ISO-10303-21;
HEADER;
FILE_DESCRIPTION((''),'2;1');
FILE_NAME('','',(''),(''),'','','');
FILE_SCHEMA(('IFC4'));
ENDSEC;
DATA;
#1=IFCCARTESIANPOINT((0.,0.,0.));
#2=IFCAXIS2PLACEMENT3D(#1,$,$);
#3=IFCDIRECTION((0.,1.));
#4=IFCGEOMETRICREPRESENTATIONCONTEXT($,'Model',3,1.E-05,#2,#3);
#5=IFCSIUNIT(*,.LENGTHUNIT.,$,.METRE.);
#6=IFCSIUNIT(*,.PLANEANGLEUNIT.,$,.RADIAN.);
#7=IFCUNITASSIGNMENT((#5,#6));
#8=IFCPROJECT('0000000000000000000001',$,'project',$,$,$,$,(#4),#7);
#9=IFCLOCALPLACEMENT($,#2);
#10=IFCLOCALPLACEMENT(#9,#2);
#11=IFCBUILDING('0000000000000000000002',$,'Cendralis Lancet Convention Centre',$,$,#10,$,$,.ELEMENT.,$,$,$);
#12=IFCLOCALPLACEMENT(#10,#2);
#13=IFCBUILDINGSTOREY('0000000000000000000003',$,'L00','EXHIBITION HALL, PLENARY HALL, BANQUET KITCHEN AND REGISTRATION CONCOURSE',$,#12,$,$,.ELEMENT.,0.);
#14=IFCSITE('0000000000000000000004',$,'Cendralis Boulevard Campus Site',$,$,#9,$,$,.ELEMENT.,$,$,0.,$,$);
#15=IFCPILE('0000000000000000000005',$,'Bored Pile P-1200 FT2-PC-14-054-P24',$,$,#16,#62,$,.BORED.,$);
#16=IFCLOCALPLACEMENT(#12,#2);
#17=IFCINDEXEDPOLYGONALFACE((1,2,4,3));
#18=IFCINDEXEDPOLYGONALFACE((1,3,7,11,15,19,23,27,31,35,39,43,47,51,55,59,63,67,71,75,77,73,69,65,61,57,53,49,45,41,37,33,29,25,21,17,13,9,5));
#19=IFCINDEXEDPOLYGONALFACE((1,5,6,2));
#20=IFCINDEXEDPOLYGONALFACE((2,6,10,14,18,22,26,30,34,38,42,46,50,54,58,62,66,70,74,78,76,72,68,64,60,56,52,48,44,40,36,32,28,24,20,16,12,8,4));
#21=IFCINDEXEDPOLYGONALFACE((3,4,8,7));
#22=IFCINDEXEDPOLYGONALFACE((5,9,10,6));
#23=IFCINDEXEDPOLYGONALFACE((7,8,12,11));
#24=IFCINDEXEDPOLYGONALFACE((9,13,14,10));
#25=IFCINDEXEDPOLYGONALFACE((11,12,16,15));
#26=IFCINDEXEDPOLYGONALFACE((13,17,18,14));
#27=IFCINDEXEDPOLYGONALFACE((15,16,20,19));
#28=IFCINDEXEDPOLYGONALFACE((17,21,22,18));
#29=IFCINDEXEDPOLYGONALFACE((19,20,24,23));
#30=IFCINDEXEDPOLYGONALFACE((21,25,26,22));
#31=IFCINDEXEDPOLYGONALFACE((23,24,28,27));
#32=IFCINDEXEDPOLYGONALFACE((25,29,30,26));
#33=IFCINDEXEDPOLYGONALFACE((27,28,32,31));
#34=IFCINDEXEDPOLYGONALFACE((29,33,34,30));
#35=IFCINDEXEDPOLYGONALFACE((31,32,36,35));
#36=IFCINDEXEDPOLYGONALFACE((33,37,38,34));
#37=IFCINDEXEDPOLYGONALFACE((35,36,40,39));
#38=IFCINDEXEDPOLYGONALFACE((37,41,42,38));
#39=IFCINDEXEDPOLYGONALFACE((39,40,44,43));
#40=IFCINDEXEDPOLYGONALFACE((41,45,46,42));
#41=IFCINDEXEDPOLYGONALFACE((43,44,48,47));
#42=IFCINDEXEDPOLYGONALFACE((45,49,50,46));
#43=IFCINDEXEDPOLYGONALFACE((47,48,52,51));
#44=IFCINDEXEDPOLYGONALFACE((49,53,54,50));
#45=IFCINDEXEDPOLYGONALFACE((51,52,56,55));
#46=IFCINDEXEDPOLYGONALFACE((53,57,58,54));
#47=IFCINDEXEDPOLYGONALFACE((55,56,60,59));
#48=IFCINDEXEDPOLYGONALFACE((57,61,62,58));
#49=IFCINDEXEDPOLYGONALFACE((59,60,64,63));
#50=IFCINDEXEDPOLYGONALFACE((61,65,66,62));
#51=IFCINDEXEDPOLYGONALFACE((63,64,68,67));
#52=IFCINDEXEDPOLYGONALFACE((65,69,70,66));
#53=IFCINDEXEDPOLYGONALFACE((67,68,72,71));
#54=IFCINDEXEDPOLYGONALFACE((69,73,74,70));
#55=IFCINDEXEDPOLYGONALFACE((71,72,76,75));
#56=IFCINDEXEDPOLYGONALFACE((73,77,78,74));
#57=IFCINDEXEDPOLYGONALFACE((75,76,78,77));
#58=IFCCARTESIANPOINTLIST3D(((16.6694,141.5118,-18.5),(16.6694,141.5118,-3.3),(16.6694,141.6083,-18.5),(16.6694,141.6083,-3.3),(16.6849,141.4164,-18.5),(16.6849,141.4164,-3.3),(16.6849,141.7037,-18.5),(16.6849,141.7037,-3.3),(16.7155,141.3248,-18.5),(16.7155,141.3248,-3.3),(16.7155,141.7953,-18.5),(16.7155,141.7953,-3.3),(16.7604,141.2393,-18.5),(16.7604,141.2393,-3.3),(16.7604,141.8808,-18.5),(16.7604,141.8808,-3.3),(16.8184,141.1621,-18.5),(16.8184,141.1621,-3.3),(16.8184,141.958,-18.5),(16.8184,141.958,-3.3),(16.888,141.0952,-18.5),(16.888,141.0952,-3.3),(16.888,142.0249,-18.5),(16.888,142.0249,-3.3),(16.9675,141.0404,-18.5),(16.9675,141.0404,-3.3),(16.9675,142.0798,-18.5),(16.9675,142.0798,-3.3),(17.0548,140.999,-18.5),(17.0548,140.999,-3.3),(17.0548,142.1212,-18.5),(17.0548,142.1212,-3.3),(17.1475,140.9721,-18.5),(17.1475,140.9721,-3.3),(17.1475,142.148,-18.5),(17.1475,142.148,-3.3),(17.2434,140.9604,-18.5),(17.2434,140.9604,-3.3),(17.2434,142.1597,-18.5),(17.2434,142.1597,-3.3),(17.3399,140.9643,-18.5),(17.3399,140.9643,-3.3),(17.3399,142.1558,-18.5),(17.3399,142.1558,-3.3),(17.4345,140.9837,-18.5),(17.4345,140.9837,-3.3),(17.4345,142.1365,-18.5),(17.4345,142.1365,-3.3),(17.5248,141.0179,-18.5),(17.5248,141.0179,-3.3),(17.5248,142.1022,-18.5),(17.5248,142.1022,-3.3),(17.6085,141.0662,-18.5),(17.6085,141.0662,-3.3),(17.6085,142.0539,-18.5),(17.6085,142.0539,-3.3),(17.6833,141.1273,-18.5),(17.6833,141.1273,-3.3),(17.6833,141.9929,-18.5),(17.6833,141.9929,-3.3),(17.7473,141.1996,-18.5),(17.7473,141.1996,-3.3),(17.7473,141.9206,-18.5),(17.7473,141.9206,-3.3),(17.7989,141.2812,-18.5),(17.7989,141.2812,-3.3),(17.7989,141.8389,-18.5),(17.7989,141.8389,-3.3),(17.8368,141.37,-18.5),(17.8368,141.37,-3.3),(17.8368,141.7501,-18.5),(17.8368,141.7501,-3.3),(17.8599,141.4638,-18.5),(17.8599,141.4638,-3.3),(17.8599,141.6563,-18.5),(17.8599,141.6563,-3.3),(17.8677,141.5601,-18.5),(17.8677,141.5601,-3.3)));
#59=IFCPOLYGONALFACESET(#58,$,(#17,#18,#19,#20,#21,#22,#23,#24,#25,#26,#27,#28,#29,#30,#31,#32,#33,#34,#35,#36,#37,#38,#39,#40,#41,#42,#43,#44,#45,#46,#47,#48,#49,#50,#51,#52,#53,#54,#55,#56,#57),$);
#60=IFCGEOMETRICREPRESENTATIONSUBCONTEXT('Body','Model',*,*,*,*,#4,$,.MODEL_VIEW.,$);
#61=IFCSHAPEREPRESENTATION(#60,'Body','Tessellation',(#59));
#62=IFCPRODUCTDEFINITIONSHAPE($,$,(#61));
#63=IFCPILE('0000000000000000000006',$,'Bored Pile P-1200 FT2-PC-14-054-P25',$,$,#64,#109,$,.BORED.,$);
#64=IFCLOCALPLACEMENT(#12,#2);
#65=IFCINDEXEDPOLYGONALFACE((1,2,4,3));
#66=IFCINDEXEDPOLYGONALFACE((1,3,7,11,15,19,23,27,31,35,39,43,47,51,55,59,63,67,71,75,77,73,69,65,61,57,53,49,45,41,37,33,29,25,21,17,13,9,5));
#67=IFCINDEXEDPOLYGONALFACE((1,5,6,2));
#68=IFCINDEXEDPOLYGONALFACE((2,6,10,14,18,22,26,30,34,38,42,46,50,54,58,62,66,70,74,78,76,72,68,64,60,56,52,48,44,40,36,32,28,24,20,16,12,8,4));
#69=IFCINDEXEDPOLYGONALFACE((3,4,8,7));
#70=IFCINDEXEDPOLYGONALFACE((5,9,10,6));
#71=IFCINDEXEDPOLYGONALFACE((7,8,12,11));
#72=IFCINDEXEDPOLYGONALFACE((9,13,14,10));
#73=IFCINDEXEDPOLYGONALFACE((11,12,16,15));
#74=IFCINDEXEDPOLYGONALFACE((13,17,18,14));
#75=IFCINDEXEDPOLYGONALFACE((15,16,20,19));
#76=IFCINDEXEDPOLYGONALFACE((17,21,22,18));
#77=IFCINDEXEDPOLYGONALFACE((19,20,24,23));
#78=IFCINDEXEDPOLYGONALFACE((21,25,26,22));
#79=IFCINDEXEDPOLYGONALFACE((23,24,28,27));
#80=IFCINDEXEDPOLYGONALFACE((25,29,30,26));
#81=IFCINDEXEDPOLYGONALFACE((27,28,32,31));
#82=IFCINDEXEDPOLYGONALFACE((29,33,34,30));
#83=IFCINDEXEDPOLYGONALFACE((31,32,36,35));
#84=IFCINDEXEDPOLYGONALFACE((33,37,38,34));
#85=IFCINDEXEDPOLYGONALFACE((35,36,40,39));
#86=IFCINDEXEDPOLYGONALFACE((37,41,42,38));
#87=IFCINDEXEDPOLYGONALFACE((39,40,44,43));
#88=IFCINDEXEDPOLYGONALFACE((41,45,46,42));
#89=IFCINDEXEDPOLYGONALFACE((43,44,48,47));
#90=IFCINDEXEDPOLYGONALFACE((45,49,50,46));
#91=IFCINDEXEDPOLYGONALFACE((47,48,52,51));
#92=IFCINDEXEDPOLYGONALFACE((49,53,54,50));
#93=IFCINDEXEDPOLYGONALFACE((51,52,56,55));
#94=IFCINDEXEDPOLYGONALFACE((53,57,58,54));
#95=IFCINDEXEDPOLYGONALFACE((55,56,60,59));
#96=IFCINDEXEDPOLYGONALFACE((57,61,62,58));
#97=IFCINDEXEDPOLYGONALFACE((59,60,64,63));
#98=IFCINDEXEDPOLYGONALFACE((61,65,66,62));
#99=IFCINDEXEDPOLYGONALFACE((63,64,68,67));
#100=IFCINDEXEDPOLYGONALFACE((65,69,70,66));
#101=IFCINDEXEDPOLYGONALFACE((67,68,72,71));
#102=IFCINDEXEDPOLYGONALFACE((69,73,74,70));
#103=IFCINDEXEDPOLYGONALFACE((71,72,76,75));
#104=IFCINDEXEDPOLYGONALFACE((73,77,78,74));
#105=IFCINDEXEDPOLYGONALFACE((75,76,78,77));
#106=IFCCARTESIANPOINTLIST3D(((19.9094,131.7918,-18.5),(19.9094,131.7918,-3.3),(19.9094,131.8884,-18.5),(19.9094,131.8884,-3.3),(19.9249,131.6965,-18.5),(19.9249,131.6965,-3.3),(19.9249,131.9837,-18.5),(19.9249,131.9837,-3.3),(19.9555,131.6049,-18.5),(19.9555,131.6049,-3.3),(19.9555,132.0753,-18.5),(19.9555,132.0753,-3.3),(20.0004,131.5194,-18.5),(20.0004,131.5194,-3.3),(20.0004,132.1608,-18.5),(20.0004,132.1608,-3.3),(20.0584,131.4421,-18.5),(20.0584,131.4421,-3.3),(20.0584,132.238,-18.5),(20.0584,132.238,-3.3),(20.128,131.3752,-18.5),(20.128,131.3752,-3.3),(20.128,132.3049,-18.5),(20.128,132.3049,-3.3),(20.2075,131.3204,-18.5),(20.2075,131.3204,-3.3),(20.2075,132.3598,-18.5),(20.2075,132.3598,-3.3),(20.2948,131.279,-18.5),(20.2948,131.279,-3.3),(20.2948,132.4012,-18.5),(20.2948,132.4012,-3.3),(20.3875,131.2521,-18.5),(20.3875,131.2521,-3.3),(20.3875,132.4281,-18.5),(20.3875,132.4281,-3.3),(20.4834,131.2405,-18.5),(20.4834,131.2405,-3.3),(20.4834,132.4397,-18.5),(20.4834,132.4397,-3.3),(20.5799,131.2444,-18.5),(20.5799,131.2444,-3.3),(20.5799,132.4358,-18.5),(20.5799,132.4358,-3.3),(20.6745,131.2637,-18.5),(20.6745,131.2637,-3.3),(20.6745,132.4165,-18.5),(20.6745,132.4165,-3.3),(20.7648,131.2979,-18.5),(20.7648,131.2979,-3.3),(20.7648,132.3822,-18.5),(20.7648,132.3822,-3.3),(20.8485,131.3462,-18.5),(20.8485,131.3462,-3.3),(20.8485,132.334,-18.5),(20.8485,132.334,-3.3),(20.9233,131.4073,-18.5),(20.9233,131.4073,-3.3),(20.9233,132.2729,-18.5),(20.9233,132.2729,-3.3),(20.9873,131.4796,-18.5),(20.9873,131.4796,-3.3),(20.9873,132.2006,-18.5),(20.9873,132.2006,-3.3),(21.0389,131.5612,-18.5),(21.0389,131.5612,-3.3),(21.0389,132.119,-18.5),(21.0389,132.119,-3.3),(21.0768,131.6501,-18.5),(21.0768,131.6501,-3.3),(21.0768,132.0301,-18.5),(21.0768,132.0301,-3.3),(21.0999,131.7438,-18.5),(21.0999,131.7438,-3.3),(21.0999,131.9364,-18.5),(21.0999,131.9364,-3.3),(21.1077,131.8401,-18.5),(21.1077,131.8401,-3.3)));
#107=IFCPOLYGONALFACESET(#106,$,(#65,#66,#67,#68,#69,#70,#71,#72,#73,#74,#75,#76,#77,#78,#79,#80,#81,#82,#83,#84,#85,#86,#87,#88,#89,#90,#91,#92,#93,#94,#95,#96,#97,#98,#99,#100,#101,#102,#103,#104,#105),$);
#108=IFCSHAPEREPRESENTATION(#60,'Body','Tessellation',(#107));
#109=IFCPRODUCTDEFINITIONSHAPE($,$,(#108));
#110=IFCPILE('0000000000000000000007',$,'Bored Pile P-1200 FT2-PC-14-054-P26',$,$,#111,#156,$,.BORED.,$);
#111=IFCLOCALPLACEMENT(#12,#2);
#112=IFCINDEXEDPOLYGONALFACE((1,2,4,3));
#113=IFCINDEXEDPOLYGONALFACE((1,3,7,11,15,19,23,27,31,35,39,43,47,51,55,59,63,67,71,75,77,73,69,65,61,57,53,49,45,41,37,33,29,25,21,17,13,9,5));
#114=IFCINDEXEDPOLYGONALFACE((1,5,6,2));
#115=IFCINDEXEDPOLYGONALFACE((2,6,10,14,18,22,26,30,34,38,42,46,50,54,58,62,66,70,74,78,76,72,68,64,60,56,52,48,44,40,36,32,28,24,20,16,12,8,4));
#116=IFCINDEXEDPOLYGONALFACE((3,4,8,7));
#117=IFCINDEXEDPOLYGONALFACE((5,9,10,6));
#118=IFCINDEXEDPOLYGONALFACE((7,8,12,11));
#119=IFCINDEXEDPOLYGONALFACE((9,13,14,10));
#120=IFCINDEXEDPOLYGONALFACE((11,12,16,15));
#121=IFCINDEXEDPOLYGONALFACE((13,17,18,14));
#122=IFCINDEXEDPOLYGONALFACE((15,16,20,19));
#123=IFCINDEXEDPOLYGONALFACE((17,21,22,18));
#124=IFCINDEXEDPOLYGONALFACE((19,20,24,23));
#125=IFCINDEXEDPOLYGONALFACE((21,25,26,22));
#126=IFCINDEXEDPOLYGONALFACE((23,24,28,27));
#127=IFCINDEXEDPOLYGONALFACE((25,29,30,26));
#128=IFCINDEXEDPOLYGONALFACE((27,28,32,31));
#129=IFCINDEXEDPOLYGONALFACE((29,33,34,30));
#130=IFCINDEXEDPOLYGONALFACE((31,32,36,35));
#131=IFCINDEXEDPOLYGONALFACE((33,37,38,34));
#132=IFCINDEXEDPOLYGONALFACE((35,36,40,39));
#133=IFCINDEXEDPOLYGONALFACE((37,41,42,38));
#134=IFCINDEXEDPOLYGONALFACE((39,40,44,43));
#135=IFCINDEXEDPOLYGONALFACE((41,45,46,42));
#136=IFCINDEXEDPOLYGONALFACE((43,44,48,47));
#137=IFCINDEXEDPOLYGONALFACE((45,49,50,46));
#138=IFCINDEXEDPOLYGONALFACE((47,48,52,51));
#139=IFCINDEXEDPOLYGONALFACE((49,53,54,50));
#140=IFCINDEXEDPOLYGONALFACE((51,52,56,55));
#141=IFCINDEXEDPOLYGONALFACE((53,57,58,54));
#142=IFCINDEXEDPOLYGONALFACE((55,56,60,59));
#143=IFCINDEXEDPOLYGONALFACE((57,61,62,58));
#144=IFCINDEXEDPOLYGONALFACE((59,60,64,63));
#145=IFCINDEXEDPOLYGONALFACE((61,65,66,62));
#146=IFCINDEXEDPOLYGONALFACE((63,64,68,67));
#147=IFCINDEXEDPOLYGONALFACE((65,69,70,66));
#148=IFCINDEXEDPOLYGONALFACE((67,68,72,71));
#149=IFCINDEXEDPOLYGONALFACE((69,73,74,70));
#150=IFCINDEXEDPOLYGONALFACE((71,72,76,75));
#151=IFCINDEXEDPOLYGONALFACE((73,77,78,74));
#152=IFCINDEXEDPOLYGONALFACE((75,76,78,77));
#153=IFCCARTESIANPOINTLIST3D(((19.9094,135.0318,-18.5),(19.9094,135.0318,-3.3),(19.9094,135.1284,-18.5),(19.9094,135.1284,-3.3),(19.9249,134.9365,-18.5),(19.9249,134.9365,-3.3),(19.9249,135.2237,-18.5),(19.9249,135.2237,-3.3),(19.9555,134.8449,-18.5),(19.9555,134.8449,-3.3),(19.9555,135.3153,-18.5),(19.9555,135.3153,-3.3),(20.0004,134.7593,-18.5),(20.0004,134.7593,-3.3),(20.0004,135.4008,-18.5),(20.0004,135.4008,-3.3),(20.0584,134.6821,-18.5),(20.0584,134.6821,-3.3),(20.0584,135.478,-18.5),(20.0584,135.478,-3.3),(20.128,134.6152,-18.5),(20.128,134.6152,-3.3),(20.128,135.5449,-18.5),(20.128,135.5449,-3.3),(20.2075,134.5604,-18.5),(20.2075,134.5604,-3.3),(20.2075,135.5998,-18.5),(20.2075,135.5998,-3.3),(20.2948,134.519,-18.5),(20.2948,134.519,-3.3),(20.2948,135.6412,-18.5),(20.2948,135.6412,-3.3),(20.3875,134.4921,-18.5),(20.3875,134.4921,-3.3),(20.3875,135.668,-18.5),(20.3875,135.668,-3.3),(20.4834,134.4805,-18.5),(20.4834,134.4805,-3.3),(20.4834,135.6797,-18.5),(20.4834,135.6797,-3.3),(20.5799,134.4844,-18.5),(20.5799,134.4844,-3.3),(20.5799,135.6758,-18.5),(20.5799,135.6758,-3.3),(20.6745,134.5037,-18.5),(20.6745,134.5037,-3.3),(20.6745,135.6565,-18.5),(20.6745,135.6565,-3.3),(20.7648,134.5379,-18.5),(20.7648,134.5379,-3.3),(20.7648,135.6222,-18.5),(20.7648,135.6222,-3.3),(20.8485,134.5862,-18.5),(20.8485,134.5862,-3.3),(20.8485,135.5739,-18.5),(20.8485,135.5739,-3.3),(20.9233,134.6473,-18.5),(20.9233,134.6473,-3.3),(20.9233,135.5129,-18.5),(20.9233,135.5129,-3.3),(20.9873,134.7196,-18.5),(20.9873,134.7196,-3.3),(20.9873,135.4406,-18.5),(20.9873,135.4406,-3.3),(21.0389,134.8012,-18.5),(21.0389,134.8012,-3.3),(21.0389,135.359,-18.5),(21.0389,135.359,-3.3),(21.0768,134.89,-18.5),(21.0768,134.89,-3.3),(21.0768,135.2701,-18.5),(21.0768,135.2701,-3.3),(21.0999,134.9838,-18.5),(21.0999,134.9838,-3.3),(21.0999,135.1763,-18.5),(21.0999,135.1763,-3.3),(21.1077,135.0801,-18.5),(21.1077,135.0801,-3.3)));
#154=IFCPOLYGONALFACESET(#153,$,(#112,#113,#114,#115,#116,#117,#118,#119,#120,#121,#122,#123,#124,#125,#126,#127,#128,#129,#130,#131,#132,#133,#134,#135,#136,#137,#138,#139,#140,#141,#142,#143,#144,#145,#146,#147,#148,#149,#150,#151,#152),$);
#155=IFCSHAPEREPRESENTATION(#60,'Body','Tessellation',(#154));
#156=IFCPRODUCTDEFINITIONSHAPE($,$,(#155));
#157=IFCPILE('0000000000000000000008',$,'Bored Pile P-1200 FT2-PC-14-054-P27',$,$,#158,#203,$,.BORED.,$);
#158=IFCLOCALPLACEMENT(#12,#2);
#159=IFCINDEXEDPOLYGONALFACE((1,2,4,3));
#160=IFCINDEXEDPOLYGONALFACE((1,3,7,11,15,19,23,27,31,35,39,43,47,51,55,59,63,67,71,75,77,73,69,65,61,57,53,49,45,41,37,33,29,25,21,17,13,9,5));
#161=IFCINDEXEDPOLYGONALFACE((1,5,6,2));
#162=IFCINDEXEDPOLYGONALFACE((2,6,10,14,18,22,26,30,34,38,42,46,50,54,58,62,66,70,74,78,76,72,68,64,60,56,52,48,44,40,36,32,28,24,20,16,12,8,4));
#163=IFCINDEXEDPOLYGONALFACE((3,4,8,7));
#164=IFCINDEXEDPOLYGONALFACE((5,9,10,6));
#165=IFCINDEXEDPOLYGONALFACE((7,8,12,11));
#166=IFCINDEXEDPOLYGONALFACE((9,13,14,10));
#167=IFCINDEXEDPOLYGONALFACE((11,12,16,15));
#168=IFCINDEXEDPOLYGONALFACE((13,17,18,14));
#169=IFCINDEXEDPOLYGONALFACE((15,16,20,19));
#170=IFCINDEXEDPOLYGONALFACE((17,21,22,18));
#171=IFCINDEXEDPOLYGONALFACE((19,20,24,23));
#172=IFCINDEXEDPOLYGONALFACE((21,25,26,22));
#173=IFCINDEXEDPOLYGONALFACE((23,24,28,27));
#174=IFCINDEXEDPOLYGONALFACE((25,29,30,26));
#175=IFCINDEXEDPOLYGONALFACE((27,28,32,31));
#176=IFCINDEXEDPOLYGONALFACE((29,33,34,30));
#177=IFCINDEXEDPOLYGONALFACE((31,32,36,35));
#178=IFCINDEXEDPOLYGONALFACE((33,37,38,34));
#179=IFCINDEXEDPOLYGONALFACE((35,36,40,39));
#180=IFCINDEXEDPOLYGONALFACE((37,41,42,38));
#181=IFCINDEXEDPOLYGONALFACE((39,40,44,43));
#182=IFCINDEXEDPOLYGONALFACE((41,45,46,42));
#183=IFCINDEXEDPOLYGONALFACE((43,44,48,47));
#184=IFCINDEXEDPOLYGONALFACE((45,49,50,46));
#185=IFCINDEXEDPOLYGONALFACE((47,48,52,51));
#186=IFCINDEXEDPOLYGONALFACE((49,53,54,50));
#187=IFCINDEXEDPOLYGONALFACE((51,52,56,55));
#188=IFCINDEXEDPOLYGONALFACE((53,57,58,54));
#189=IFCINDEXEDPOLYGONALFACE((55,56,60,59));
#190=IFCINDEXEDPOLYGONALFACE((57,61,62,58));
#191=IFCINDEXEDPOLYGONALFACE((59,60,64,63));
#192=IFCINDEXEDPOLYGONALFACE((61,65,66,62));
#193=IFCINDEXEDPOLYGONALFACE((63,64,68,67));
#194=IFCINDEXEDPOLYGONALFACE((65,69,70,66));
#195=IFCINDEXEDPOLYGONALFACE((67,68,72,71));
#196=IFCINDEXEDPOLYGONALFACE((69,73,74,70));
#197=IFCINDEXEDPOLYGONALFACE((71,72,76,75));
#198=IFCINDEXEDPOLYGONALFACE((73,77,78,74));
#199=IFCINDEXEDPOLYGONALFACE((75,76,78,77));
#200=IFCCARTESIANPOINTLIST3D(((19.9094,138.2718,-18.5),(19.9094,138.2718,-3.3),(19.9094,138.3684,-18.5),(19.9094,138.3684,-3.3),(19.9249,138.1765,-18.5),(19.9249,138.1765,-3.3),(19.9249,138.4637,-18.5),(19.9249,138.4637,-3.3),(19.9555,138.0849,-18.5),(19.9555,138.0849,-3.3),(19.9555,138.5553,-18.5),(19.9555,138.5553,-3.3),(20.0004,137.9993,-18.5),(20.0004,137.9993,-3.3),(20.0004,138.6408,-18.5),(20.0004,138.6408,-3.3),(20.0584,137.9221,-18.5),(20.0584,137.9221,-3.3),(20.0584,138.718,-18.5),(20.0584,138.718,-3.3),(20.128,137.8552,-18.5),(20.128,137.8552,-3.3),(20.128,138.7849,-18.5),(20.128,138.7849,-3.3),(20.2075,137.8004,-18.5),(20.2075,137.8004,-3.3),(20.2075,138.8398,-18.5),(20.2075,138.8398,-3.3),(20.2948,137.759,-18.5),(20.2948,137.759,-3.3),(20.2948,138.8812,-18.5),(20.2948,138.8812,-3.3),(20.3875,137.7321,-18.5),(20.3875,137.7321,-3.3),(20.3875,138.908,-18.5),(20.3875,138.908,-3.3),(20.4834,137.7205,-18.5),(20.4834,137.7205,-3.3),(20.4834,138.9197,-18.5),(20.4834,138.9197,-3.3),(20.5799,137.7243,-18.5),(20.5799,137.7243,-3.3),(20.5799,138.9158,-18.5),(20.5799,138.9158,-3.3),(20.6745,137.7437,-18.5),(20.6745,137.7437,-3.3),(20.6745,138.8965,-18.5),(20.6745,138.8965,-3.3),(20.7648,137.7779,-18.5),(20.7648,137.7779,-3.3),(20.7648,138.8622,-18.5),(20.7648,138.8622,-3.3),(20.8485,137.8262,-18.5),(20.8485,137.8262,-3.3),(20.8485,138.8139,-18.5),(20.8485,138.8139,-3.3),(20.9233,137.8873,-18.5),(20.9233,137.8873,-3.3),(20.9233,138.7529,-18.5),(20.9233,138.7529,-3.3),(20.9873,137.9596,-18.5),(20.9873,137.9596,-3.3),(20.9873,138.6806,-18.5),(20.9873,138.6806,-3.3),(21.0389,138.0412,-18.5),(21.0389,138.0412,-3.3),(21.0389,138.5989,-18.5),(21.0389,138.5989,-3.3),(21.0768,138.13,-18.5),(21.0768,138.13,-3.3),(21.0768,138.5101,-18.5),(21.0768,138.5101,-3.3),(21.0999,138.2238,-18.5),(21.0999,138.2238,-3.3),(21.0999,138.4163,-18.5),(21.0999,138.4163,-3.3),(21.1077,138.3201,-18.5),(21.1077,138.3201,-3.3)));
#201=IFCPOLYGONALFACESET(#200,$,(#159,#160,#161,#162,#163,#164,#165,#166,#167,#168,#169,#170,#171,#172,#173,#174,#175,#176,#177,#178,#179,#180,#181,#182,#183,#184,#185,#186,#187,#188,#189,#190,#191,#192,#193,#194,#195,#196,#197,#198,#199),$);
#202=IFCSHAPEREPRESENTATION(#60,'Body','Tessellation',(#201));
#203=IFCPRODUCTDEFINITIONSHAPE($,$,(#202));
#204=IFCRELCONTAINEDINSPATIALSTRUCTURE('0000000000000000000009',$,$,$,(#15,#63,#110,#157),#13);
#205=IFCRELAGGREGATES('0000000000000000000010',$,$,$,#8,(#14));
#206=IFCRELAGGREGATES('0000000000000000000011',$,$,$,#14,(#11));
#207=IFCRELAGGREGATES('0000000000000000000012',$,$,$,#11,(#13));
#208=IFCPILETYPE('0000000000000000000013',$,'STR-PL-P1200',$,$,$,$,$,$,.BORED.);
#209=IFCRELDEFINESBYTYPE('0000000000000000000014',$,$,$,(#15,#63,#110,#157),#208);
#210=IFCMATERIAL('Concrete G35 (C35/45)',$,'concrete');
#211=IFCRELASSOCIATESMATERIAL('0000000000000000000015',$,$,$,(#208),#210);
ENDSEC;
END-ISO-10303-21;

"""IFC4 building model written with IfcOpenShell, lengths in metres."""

from ifc_helpers import new_model, si_unit, direction, frame, origin, origin_2d, place, context, subcontext, project, spatial, circle, extrude, material, material_profile, profile_set, type_object, element, save


model = new_model("IFC4")

# Units and contexts
model_context = context("Model", 3, precision=1e-05, world=origin(), true_north=direction((0.0, 1.0)))
body_context = subcontext(model_context, "Body", "Model", "MODEL_VIEW")
ifc_project = project(units=[si_unit("LENGTHUNIT", "METRE"), si_unit("PLANEANGLEUNIT", "RADIAN")], contexts=[model_context])

# Site, building, storey
site_placement = place(None, origin())
site = spatial("IfcSite", under=ifc_project, at=site_placement, Name="Cendralis Boulevard Campus Site", CompositionType="ELEMENT", RefElevation=0.0)
building_placement = place(site_placement, origin())
building = spatial("IfcBuilding", under=site, at=building_placement, Name="Cendralis Lancet Convention Centre", CompositionType="ELEMENT")
storey_placement = place(building_placement, origin())
storey = spatial("IfcBuildingStorey", under=building, at=storey_placement, Name="L00", Description="EXHIBITION HALL, PLENARY HALL, BANQUET KITCHEN AND REGISTRATION CONCOURSE", CompositionType="ELEMENT", Elevation=0.0)

# Shared definitions
ifc_material_1 = material(Name="Concrete G35 (C35/45)", Category="concrete")

# Piles
ifc_material_profile_1 = material_profile(ifc_material_1, circle(Radius=0.6001, at=origin_2d()), Name="BORED PILE D1200")
ifc_profile_set_1 = profile_set([ifc_material_profile_1], Name="Concrete G35 (C35/45)")
pile_type_1 = type_object("IfcPileType", Name="STR-PL-P1200", PredefinedType="BORED", material=ifc_profile_set_1)
for number, where, z_axis, x_axis, name in (
    (1, (17.2676, 141.5601, -3.3), (0.0, 0.0, -1.0), (1.0, 0.0, 0.0), "Bored Pile P-1200 FT2-PC-14-054-P24"),
    (2, (20.5076, 131.8401, -3.3), (0.0, 0.0, -1.0), (1.0, 0.0, 0.0), "Bored Pile P-1200 FT2-PC-14-054-P25"),
    (3, (20.5076, 135.0801, -3.3), (0.0, 0.0, -1.0), (1.0, 0.0, 0.0), "Bored Pile P-1200 FT2-PC-14-054-P26"),
    (4, (20.5076, 138.3201, -3.3), (0.0, 0.0, -1.0), (1.0, 0.0, 0.0), "Bored Pile P-1200 FT2-PC-14-054-P27"),
):
    element("IfcPile", number, at=place(storey_placement, frame(where, z_axis=z_axis, x_axis=x_axis)), inside=storey, type_object=pile_type_1, Name=name, PredefinedType="BORED", context=body_context, shape_type="SweptSolid", body=[
        extrude(circle(Radius=0.6001, at=origin_2d()), origin(), (0.0, 0.0, 1.0), 15.2),
    ])

save(model, "model.ifc")
